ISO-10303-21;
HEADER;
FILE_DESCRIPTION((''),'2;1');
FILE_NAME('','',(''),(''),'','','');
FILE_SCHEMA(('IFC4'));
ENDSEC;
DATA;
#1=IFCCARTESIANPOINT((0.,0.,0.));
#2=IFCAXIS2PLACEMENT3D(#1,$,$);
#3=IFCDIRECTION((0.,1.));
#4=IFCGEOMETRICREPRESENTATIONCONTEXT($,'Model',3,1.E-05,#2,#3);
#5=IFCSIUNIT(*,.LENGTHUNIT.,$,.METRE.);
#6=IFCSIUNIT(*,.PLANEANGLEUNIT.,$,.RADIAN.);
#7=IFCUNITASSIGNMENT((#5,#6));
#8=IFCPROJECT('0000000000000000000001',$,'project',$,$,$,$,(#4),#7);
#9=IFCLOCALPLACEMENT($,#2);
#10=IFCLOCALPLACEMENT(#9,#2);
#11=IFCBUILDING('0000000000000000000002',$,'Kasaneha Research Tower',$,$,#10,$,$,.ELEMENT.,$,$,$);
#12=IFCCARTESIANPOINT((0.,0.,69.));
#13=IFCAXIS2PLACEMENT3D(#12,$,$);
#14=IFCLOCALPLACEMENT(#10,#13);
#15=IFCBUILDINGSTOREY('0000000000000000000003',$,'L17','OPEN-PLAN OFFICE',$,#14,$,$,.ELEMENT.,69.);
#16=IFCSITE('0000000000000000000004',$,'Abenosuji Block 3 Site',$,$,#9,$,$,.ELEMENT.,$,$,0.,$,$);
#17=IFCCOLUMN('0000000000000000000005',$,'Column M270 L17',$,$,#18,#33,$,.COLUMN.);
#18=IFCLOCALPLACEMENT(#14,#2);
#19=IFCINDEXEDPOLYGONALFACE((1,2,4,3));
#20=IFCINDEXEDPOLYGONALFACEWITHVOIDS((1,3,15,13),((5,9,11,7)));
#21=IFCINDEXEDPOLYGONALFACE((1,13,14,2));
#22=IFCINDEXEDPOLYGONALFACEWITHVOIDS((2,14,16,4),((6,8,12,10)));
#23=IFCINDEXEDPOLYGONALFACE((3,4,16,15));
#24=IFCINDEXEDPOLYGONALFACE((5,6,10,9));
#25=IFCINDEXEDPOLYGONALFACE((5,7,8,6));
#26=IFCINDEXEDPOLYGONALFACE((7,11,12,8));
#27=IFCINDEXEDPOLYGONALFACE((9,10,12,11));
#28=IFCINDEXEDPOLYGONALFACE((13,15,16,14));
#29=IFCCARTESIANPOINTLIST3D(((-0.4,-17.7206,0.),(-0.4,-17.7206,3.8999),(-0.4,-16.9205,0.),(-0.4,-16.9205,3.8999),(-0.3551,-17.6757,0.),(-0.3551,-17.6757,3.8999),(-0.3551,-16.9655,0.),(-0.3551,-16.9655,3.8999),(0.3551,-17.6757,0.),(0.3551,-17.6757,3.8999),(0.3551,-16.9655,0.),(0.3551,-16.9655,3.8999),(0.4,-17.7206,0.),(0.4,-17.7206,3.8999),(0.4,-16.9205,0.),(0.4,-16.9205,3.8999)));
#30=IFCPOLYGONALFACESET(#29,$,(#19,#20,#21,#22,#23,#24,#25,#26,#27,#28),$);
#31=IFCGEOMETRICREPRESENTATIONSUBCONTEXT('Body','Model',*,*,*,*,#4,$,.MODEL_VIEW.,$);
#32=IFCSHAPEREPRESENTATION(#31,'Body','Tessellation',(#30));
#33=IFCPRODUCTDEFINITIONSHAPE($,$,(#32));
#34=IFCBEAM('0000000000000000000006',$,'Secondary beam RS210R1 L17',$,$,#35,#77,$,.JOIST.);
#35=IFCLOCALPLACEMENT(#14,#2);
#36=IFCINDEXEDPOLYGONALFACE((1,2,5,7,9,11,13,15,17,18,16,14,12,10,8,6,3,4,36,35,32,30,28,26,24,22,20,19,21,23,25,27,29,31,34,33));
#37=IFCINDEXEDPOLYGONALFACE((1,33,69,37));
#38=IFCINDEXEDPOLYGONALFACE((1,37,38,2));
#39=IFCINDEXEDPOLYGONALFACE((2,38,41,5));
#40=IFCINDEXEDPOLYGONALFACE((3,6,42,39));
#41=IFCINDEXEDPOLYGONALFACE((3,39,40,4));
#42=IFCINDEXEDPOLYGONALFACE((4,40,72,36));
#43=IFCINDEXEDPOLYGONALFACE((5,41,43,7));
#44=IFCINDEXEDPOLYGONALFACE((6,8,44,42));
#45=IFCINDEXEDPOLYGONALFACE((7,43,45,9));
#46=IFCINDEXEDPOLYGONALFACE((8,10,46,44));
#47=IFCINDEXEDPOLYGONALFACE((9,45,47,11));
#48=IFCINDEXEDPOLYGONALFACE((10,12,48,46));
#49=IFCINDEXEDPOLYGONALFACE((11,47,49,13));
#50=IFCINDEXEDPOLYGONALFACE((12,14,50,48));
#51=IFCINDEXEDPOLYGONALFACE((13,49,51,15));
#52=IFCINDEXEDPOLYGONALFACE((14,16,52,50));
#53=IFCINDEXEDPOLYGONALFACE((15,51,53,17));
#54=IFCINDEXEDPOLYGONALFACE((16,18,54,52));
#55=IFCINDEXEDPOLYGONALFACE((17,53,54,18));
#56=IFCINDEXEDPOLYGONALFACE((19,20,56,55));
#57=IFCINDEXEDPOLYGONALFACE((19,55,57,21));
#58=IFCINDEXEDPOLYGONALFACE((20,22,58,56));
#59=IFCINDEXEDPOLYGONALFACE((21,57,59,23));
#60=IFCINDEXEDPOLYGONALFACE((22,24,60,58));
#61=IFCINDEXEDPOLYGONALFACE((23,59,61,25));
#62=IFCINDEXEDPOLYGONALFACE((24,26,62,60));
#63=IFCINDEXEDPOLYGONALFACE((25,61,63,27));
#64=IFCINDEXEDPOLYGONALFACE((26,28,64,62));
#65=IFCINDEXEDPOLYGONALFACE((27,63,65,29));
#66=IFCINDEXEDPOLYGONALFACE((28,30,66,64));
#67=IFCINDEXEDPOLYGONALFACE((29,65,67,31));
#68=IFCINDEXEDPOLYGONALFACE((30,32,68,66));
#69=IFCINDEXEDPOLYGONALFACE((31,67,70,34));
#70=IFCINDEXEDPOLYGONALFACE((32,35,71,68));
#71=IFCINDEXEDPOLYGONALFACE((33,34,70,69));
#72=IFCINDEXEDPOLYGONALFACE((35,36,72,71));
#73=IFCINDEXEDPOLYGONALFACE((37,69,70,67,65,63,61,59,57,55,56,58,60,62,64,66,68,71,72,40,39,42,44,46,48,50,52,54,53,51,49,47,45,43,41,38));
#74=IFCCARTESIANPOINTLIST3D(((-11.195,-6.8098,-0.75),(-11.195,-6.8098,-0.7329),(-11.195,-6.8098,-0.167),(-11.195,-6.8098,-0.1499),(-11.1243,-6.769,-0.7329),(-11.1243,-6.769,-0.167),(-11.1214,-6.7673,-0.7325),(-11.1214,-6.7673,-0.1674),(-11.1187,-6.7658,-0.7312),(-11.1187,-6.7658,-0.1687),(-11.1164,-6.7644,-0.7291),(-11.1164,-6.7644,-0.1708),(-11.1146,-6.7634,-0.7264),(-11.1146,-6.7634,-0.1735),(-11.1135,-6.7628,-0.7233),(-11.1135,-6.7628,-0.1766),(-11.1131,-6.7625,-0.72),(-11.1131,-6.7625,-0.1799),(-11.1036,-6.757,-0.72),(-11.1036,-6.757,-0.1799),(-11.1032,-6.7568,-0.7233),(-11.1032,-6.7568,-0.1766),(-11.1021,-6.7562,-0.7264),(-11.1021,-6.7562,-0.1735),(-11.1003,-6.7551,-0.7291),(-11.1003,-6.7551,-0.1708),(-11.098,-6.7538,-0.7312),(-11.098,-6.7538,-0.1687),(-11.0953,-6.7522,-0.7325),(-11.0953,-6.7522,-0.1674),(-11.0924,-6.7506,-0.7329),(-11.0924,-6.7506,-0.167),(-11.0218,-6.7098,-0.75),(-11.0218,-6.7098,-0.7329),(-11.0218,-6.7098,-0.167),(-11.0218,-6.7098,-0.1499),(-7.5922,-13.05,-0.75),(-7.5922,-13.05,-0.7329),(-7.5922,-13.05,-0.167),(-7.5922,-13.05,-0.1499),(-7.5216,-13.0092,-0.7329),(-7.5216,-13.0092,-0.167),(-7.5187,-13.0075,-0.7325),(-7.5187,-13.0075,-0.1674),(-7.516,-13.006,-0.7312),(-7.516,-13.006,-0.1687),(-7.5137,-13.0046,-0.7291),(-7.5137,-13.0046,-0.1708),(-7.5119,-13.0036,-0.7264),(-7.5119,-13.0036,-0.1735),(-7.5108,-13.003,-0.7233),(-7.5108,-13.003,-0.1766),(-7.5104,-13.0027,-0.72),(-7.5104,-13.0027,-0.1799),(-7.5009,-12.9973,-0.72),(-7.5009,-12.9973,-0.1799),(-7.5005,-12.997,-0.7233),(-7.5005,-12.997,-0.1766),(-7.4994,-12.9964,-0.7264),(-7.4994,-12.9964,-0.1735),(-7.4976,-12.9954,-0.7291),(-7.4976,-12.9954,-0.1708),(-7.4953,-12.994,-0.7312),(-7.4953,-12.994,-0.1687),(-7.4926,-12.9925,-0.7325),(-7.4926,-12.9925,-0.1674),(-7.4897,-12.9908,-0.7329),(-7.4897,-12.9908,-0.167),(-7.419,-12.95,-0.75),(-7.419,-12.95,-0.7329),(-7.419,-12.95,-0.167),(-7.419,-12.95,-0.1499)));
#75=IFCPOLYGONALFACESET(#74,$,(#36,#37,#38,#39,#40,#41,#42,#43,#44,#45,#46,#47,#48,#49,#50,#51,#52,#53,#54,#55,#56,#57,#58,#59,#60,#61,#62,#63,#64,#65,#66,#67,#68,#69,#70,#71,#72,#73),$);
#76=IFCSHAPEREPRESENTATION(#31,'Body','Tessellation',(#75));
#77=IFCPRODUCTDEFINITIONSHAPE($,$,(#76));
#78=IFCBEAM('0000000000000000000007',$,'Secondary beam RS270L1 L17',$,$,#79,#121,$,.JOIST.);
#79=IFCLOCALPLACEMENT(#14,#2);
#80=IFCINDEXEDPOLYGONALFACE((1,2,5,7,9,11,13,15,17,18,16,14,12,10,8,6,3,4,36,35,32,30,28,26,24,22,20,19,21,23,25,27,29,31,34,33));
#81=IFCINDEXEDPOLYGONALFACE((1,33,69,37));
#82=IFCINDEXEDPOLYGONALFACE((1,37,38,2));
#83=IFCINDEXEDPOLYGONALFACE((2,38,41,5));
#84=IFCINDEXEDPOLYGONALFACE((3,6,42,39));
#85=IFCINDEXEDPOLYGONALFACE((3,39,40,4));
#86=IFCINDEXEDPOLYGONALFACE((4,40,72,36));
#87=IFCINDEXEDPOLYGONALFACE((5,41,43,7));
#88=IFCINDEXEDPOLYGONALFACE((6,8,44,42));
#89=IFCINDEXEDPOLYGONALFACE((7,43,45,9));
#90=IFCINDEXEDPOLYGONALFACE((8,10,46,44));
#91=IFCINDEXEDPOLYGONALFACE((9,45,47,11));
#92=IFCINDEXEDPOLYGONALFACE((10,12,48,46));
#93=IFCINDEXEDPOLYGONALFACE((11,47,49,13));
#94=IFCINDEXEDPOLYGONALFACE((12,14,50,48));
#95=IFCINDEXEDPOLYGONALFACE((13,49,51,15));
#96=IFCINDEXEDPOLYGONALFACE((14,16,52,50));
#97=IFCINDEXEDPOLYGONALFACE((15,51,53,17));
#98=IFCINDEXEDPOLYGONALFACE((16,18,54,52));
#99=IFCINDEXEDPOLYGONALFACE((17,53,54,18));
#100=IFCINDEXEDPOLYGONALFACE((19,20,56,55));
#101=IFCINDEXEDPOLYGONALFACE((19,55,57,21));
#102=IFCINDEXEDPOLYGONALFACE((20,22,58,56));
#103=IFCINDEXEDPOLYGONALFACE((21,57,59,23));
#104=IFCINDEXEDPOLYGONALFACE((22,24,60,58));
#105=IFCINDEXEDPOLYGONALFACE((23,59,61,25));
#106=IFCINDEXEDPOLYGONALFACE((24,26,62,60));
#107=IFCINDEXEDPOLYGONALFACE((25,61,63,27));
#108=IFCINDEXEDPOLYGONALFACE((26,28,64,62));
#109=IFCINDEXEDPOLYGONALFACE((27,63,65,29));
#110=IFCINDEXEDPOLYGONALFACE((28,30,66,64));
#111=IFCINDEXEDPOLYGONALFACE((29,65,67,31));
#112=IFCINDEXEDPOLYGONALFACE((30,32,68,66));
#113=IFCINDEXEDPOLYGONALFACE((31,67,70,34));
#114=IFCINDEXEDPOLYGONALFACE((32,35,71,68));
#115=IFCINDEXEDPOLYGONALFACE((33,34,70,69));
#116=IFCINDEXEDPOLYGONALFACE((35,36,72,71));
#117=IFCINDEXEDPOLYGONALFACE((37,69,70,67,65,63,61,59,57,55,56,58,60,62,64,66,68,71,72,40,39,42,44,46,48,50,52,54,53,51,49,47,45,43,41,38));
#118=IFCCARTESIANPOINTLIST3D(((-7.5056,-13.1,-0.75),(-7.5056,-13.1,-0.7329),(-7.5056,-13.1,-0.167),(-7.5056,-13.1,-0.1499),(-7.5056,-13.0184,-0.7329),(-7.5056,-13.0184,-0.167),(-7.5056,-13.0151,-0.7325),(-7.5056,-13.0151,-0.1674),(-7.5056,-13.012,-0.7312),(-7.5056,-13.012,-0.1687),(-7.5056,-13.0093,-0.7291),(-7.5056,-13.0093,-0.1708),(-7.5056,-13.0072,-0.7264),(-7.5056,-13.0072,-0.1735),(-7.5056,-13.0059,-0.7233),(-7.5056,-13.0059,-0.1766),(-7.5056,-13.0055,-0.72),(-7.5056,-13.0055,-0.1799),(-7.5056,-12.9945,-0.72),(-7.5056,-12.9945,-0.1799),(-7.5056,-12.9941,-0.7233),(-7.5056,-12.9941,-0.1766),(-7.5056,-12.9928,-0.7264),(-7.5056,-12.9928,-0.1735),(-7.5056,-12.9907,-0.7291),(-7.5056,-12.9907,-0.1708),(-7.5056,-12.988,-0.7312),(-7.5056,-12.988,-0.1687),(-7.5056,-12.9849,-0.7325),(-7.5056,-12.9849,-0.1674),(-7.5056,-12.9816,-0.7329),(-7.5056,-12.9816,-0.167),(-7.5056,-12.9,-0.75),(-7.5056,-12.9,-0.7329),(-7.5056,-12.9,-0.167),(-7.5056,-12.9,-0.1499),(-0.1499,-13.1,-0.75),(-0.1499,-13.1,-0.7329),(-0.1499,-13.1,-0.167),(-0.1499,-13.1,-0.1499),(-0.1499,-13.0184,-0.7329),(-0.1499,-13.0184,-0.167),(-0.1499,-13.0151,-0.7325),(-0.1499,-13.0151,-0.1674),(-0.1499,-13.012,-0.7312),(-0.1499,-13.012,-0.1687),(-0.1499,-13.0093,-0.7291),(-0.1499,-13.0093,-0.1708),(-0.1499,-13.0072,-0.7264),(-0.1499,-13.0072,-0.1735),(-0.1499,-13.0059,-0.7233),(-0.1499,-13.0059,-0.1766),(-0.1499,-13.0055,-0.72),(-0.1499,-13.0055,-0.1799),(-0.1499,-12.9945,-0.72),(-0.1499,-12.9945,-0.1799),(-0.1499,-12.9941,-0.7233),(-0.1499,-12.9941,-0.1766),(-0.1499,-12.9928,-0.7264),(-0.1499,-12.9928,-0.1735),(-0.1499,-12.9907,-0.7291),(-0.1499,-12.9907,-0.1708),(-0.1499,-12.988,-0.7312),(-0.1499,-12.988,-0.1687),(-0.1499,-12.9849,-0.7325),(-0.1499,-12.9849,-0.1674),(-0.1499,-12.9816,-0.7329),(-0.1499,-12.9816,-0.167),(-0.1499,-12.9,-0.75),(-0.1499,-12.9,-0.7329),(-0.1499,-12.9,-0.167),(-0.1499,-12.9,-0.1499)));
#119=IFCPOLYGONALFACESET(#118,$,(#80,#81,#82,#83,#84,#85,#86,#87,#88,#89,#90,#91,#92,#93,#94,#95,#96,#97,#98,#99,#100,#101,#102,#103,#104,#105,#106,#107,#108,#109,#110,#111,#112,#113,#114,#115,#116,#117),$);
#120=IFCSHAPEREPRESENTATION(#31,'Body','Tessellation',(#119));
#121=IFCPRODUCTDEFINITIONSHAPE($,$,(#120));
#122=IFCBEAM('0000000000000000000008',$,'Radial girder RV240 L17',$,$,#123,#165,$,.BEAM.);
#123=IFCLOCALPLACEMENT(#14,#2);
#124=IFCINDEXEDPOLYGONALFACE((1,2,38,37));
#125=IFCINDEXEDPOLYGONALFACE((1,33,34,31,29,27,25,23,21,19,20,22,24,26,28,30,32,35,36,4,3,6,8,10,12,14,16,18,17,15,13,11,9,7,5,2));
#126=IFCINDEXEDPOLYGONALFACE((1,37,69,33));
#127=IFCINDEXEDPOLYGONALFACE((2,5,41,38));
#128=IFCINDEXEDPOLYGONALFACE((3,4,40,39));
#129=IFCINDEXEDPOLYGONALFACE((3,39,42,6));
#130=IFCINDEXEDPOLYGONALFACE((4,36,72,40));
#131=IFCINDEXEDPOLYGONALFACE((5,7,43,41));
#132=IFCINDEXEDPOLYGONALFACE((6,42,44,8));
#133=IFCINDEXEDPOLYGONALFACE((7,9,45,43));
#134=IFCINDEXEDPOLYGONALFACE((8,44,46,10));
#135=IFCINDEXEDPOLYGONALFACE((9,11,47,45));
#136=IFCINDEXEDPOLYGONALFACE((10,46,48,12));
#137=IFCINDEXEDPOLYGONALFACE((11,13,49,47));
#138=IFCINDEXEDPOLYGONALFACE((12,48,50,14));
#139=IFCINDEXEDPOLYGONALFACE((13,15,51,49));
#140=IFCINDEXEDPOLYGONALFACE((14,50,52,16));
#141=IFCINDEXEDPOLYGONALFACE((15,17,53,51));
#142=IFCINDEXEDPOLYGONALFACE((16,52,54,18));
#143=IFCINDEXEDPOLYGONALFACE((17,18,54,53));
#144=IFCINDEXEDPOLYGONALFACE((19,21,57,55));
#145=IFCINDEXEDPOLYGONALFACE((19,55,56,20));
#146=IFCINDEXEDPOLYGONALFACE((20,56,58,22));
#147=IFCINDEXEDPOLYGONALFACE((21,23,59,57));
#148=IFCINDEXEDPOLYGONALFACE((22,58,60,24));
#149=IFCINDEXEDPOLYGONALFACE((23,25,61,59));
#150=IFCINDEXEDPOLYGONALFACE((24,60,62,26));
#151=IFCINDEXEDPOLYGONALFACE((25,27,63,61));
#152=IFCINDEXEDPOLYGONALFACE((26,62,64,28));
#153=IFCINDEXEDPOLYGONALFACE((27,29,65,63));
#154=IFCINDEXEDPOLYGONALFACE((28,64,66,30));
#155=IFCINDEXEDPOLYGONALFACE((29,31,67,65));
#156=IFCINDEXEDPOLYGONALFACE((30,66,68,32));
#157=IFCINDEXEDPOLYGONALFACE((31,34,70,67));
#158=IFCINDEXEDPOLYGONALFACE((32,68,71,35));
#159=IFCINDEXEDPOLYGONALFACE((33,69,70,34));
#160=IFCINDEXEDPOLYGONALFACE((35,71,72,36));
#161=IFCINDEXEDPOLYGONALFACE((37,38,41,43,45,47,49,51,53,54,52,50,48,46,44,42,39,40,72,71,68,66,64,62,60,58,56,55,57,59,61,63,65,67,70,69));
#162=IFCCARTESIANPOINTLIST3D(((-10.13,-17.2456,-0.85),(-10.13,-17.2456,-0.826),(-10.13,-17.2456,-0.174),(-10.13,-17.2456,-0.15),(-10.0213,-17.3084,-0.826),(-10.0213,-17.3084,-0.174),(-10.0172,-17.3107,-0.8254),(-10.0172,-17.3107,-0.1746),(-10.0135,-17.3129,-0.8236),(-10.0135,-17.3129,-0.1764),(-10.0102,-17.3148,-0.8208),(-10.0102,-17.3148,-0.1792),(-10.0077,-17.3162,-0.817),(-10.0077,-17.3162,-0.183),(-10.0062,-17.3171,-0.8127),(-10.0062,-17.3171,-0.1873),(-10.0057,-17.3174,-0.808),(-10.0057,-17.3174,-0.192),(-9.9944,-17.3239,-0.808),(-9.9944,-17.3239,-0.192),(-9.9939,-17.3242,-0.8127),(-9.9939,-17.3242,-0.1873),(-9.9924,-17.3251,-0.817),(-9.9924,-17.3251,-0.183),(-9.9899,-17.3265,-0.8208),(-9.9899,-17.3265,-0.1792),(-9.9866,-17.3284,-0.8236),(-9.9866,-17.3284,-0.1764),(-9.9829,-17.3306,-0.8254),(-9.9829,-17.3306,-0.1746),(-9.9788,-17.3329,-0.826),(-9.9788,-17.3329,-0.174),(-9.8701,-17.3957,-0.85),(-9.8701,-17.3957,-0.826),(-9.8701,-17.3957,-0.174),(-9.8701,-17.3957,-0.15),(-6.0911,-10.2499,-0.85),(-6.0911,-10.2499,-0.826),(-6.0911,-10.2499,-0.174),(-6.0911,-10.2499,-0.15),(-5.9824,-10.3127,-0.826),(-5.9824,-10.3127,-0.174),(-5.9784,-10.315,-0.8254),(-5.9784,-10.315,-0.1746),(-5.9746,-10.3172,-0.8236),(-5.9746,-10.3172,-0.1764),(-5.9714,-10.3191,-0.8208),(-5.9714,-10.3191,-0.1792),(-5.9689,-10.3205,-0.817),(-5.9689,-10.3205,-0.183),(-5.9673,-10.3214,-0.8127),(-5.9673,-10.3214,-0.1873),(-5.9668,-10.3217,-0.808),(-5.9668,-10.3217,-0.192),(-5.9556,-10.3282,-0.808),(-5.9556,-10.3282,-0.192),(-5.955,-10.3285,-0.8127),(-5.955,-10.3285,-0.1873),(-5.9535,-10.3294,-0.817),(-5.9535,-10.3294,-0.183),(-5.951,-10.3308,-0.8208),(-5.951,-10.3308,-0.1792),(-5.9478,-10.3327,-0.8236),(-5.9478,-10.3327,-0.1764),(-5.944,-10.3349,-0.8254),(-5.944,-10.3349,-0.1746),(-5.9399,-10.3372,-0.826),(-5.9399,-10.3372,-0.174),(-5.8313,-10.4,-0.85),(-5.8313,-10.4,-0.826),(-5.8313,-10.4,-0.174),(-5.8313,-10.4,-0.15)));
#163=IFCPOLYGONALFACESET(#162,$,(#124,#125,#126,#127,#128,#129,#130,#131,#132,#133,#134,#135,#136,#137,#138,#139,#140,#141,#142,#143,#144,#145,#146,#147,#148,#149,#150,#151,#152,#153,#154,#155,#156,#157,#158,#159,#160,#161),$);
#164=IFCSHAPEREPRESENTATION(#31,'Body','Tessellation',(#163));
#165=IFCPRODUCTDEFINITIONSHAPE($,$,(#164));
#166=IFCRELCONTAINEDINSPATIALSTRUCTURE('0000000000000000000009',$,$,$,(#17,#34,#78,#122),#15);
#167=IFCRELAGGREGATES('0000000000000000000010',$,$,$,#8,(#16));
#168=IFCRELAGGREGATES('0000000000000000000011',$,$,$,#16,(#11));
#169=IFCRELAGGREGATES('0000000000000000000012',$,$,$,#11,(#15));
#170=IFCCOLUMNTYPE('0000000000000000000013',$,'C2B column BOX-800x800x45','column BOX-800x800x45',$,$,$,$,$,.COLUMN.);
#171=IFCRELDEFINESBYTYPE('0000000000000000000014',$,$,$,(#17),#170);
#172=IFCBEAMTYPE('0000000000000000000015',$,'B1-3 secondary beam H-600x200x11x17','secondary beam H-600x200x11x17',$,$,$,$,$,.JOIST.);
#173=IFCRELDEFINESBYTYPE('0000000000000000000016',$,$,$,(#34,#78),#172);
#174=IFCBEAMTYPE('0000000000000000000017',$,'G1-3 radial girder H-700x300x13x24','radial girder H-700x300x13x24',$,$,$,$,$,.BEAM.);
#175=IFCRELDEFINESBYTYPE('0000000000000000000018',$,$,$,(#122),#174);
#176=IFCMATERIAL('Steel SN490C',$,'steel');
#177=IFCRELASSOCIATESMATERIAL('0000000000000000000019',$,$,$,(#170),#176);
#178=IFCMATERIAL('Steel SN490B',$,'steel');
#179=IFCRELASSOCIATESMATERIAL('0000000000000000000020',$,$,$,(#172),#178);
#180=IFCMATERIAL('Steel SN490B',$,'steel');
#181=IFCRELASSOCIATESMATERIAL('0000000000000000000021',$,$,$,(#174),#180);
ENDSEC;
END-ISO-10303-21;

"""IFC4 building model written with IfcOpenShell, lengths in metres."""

from ifc_helpers import new_model, si_unit, direction, frame, origin, origin_2d, place, context, subcontext, project, spatial, hollow_rectangle, i_section, extrude, material, material_profile, profile_set, type_object, element, save


model = new_model("IFC4")

# Units and contexts
model_context = context("Model", 3, precision=1e-05, world=origin(), true_north=direction((0.0, 1.0)))
body_context = subcontext(model_context, "Body", "Model", "MODEL_VIEW")
ifc_project = project(units=[si_unit("LENGTHUNIT", "METRE"), si_unit("PLANEANGLEUNIT", "RADIAN")], contexts=[model_context])

# Site, building, storey
site_placement = place(None, origin())
site = spatial("IfcSite", under=ifc_project, at=site_placement, Name="Abenosuji Block 3 Site", CompositionType="ELEMENT", RefElevation=0.0)
building_placement = place(site_placement, origin())
building = spatial("IfcBuilding", under=site, at=building_placement, Name="Kasaneha Research Tower", CompositionType="ELEMENT")
storey_placement = place(building_placement, frame((0.0, 0.0, 69.0)))
storey = spatial("IfcBuildingStorey", under=building, at=storey_placement, Name="L17", Description="OPEN-PLAN OFFICE", CompositionType="ELEMENT", Elevation=69.0)

# Column
ifc_material_1 = material(Name="Steel SN490C", Category="steel")
ifc_material_profile_1 = material_profile(ifc_material_1, hollow_rectangle(XDim=0.8, YDim=0.8, WallThickness=0.0449, at=origin_2d()), Name="BOX-800x800x45")
ifc_profile_set_1 = profile_set([ifc_material_profile_1], Name="Steel SN490C")
column_type = type_object("IfcColumnType", Name="C2B column BOX-800x800x45", Description="column BOX-800x800x45", PredefinedType="COLUMN", material=ifc_profile_set_1)
column_placement = place(storey_placement, frame((0.0, -17.3206, 0.0), z_axis=(0.0, 0.0, 1.0), x_axis=(1.0, 0.0, 0.0)))
element("IfcColumn", 1, at=column_placement, inside=storey, type_object=column_type, Name="Column M270 L17", PredefinedType="COLUMN", context=body_context, shape_type="SweptSolid", body=[
    extrude(hollow_rectangle(XDim=0.8, YDim=0.8, WallThickness=0.0449, at=origin_2d()), origin(), (0.0, 0.0, 1.0), 3.8999),
])

# Beams
ifc_material_2 = material(Name="Steel SN490B", Category="steel")
ifc_material_profile_2 = material_profile(ifc_material_2, i_section(OverallWidth=0.2, OverallDepth=0.6001, WebThickness=0.011, FlangeThickness=0.0171, FilletRadius=0.0129, at=origin_2d()), Name="H-600x200x11x17")
ifc_profile_set_2 = profile_set([ifc_material_profile_2], Name="Steel SN490B")
beam_type_1 = type_object("IfcBeamType", Name="B1-3 secondary beam H-600x200x11x17", Description="secondary beam H-600x200x11x17", PredefinedType="JOIST", material=ifc_profile_set_2)
beam_1_placement = place(storey_placement, frame((-7.5056, -13.0, -0.45), z_axis=(-0.499998, 0.866026, 0.0), x_axis=(-0.866026, -0.499998, 0.0)))
element("IfcBeam", 2, at=beam_1_placement, inside=storey, type_object=beam_type_1, Name="Secondary beam RS210R1 L17", PredefinedType="JOIST", context=body_context, shape_type="SweptSolid", body=[
    extrude(i_section(OverallWidth=0.2, OverallDepth=0.6001, WebThickness=0.011, FlangeThickness=0.0171, FilletRadius=0.0129, at=origin_2d()), origin(), (0.0, 0.0, 1.0), 7.2056),
])
beam_2_placement = place(storey_placement, frame((-7.5056, -13.0, -0.45), z_axis=(1.0, 0.0, 0.0), x_axis=(0.0, 1.0, 0.0)))
element("IfcBeam", 3, at=beam_2_placement, inside=storey, type_object=beam_type_1, Name="Secondary beam RS270L1 L17", PredefinedType="JOIST", context=body_context, shape_type="SweptSolid", body=[
    extrude(i_section(OverallWidth=0.2, OverallDepth=0.6001, WebThickness=0.011, FlangeThickness=0.0171, FilletRadius=0.0129, at=origin_2d()), origin(), (0.0, 0.0, 1.0), 7.3557),
])
ifc_material_3 = material(Name="Steel SN490B", Category="steel")
ifc_material_profile_3 = material_profile(ifc_material_3, i_section(OverallWidth=0.3, OverallDepth=0.7, WebThickness=0.0129, FlangeThickness=0.0239, FilletRadius=0.0181, at=origin_2d()), Name="H-700x300x13x24")
ifc_profile_set_3 = profile_set([ifc_material_profile_3], Name="Steel SN490B")
beam_type_2 = type_object("IfcBeamType", Name="G1-3 radial girder H-700x300x13x24", Description="radial girder H-700x300x13x24", PredefinedType="BEAM", material=ifc_profile_set_3)
beam_3_placement = place(storey_placement, frame((-5.9612, -10.325, -0.5), z_axis=(-0.499991, -0.866031, 0.0), x_axis=(0.866031, -0.499991, 0.0)))
element("IfcBeam", 4, at=beam_3_placement, inside=storey, type_object=beam_type_2, Name="Radial girder RV240 L17", PredefinedType="BEAM", context=body_context, shape_type="SweptSolid", body=[
    extrude(i_section(OverallWidth=0.3, OverallDepth=0.7, WebThickness=0.0129, FlangeThickness=0.0239, FilletRadius=0.0181, at=origin_2d()), origin(), (0.0, 0.0, 1.0), 8.0779),
])

save(model, "model.ifc")
